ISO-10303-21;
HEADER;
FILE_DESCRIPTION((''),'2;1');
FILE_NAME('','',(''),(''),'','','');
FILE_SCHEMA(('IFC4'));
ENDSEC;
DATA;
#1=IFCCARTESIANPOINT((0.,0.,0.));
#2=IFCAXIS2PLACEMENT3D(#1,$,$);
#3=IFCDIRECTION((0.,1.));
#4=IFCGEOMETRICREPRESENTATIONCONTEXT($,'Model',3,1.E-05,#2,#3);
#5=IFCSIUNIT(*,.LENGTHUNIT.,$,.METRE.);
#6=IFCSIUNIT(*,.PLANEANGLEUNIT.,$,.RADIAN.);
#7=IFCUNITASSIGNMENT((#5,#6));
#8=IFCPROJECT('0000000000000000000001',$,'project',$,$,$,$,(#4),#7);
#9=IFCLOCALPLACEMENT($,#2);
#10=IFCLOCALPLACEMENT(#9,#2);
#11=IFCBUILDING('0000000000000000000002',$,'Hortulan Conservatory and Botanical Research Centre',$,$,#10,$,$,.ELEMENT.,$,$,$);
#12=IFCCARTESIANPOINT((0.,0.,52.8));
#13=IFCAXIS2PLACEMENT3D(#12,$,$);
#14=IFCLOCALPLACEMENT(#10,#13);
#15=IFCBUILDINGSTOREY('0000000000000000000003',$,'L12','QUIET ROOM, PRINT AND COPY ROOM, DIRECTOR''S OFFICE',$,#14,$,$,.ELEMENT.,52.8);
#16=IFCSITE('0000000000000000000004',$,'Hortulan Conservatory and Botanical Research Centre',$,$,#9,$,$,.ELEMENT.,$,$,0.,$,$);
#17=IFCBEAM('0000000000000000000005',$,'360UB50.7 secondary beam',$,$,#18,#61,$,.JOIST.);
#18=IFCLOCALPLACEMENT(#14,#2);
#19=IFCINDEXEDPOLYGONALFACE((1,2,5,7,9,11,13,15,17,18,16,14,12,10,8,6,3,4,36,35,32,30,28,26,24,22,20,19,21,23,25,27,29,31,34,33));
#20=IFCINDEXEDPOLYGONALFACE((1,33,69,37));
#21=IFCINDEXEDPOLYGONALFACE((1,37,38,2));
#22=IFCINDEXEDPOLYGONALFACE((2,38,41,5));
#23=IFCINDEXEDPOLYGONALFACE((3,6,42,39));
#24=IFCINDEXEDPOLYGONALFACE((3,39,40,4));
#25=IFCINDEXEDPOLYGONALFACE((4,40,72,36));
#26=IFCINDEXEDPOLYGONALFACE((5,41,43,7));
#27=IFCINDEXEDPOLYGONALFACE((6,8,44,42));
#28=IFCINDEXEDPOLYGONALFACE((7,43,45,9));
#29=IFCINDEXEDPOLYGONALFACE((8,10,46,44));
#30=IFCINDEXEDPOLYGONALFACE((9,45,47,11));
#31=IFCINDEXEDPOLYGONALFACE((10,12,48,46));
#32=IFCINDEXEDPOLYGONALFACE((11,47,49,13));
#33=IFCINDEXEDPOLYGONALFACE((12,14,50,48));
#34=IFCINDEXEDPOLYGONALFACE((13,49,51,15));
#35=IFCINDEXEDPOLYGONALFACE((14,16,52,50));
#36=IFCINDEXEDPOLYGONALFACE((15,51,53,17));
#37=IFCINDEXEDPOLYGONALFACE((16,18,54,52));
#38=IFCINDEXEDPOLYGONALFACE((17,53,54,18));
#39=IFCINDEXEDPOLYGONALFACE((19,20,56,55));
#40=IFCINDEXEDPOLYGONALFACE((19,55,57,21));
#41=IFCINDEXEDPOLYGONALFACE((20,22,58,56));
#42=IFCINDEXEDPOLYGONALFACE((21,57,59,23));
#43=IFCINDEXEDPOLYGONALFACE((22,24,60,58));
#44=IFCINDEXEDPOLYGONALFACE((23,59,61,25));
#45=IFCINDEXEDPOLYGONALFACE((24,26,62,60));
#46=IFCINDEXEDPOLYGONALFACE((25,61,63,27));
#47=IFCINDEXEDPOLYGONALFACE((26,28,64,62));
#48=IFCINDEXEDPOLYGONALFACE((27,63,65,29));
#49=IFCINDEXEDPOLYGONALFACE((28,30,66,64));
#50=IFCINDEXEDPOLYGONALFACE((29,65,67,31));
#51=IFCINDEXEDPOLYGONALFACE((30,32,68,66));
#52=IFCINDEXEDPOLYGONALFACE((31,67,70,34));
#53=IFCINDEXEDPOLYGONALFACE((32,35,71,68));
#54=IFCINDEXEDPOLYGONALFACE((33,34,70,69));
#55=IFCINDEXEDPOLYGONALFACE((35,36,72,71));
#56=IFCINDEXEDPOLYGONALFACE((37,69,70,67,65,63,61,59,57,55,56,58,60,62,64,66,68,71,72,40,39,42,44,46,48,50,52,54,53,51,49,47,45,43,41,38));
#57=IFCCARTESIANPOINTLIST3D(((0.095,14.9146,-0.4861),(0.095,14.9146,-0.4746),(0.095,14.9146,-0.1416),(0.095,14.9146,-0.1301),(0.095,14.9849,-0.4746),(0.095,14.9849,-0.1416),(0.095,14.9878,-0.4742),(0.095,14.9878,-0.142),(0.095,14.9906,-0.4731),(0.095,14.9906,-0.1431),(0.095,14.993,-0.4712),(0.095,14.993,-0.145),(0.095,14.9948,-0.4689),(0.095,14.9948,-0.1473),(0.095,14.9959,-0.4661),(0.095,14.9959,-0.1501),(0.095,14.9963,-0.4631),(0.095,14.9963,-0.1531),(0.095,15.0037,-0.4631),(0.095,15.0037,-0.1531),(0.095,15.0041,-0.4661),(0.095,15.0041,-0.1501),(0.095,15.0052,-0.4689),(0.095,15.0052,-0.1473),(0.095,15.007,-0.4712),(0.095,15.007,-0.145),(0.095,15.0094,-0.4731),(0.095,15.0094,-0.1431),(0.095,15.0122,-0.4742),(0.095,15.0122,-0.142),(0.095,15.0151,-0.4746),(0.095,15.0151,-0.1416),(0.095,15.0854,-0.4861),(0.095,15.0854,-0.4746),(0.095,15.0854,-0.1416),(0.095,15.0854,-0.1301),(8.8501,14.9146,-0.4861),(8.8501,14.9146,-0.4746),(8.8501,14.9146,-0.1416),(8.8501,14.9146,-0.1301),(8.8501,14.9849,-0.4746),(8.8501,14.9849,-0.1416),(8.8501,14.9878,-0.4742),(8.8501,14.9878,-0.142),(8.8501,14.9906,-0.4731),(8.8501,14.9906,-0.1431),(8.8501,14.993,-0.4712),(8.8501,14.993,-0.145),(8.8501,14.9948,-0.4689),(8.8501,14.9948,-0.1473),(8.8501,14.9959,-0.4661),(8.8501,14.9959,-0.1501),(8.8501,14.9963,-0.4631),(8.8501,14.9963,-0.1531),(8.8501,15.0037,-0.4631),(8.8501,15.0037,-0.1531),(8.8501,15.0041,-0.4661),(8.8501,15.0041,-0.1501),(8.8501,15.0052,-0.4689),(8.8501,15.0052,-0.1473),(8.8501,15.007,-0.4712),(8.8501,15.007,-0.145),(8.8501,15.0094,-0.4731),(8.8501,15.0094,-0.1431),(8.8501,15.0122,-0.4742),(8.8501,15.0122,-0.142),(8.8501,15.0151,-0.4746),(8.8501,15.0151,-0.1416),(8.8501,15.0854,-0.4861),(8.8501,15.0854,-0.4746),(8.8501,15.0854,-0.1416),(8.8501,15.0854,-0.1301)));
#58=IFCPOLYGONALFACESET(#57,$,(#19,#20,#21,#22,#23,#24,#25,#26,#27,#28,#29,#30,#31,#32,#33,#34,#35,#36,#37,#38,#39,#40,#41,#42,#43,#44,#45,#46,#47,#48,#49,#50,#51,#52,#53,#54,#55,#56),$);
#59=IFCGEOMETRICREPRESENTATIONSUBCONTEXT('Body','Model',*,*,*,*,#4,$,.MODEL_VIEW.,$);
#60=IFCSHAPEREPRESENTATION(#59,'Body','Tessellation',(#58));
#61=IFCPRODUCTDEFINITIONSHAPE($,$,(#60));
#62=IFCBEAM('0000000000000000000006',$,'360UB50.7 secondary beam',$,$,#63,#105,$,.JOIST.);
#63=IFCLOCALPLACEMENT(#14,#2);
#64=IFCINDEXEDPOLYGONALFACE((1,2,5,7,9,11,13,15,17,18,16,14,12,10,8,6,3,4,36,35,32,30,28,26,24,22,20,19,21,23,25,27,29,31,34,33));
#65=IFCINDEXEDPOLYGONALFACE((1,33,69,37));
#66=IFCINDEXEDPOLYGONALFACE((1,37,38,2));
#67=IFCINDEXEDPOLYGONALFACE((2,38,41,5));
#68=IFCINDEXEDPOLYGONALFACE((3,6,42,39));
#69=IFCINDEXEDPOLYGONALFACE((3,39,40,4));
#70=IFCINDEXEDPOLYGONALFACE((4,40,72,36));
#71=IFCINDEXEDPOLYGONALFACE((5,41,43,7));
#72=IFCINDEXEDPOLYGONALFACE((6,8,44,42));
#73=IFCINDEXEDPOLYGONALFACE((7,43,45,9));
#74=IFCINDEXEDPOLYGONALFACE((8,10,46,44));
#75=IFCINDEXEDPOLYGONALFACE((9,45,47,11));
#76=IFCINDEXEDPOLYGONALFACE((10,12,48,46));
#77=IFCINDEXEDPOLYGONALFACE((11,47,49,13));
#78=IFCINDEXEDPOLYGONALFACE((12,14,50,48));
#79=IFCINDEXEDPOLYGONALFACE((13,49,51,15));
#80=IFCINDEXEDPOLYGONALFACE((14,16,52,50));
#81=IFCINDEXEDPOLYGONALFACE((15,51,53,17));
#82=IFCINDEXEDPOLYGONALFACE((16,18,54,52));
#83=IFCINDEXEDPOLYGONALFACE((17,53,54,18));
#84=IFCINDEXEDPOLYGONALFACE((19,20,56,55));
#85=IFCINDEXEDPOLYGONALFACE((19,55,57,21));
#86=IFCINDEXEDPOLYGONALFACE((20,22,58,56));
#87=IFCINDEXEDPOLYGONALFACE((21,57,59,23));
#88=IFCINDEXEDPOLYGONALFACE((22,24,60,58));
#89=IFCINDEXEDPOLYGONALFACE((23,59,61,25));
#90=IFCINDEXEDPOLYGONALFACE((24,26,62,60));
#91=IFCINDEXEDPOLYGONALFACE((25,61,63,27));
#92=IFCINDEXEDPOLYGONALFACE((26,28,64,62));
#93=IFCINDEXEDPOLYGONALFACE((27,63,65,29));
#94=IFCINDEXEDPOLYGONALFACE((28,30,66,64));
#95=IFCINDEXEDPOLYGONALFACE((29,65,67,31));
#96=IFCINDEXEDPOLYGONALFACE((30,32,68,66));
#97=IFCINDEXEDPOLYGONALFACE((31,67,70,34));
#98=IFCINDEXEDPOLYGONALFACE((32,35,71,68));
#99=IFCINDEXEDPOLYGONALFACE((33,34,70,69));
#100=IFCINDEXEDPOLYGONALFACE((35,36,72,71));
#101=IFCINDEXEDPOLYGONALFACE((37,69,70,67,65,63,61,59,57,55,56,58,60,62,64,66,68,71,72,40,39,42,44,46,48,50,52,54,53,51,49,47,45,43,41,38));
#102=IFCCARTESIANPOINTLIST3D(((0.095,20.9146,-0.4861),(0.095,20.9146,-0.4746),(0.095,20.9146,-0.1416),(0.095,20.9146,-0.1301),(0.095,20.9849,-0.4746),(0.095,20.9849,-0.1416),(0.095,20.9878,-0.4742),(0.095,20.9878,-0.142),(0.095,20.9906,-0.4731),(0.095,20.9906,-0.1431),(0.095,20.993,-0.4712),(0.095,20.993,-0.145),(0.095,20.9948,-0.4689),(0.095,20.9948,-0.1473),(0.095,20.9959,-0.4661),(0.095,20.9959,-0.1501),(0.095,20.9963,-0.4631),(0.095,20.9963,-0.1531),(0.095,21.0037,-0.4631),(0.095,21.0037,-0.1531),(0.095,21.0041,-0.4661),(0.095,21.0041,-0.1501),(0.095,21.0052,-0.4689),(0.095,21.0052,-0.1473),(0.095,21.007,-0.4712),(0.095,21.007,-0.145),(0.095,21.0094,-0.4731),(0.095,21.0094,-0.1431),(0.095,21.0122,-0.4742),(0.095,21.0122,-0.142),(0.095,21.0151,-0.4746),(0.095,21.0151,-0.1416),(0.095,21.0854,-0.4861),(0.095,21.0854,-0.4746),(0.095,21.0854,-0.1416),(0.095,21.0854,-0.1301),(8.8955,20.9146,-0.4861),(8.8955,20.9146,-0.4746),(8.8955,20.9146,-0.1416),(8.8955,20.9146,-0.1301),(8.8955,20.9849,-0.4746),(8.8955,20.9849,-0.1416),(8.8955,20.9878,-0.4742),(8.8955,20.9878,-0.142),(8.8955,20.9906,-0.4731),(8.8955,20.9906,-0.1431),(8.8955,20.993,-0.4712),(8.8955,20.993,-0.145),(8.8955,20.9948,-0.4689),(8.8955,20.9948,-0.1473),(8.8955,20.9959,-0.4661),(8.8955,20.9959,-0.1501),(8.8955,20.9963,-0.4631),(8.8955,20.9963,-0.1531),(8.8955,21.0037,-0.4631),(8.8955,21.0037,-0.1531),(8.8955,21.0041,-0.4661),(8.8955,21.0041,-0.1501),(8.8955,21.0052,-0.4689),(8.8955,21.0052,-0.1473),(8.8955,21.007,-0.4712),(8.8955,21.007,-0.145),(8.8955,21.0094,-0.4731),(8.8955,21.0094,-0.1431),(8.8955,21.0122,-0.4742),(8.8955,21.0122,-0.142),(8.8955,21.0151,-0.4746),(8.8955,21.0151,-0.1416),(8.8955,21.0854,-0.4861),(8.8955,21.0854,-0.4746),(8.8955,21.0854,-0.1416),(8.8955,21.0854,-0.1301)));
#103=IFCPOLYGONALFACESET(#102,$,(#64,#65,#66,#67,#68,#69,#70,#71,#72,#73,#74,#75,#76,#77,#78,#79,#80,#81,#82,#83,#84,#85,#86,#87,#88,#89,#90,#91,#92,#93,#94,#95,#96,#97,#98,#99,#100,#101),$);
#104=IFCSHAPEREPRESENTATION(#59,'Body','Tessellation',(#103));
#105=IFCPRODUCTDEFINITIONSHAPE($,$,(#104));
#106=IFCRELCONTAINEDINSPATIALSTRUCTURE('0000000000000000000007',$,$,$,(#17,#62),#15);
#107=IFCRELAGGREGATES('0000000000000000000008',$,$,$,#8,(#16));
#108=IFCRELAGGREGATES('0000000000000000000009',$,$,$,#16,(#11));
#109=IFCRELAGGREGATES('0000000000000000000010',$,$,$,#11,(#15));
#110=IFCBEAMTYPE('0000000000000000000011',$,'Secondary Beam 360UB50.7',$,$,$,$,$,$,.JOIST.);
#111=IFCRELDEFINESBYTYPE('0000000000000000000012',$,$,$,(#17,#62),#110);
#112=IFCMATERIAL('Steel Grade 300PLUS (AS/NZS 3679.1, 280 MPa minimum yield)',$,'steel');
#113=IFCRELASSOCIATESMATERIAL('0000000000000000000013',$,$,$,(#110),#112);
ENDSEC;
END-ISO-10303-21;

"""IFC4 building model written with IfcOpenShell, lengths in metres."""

from ifc_helpers import new_model, si_unit, direction, frame, origin, origin_2d, place, context, subcontext, project, spatial, i_section, extrude, material, material_profile, profile_set, type_object, element, save


model = new_model("IFC4")

# Units and contexts
model_context = context("Model", 3, precision=1e-05, world=origin(), true_north=direction((0.0, 1.0)))
body_context = subcontext(model_context, "Body", "Model", "MODEL_VIEW")
ifc_project = project(units=[si_unit("LENGTHUNIT", "METRE"), si_unit("PLANEANGLEUNIT", "RADIAN")], contexts=[model_context])

# Site, building, storey
site_placement = place(None, origin())
site = spatial("IfcSite", under=ifc_project, at=site_placement, Name="Hortulan Conservatory and Botanical Research Centre", CompositionType="ELEMENT", RefElevation=0.0)
building_placement = place(site_placement, origin())
building = spatial("IfcBuilding", under=site, at=building_placement, Name="Hortulan Conservatory and Botanical Research Centre", CompositionType="ELEMENT")
storey_placement = place(building_placement, frame((0.0, 0.0, 52.8)))
storey = spatial("IfcBuildingStorey", under=building, at=storey_placement, Name="L12", Description="QUIET ROOM, PRINT AND COPY ROOM, DIRECTOR'S OFFICE", CompositionType="ELEMENT", Elevation=52.8)

# Shared definitions
ifc_material_1 = material(Name="Steel Grade 300PLUS (AS/NZS 3679.1, 280 MPa minimum yield)", Category="steel")

# Beams
ifc_material_profile_1 = material_profile(ifc_material_1, i_section(OverallWidth=0.1709, OverallDepth=0.356, WebThickness=0.0073, FlangeThickness=0.0115, FilletRadius=0.0115, at=origin_2d()), Name="360UB50.7")
ifc_profile_set_1 = profile_set([ifc_material_profile_1], Name="Steel Grade 300PLUS (AS/NZS 3679.1, 280 MPa minimum yield)")
beam_type_1 = type_object("IfcBeamType", Name="Secondary Beam 360UB50.7", PredefinedType="JOIST", material=ifc_profile_set_1)
beam_1_placement = place(storey_placement, frame((0.095, 15.0, -0.3081), z_axis=(1.0, 0.0, 0.0), x_axis=(0.0, 1.0, 0.0)))
element("IfcBeam", 1, at=beam_1_placement, inside=storey, type_object=beam_type_1, Name="360UB50.7 secondary beam", PredefinedType="JOIST", context=body_context, shape_type="SweptSolid", body=[
    extrude(i_section(OverallWidth=0.1709, OverallDepth=0.356, WebThickness=0.0073, FlangeThickness=0.0115, FilletRadius=0.0115, at=origin_2d()), origin(), (0.0, 0.0, 1.0), 8.7551),
])
beam_2_placement = place(storey_placement, frame((0.095, 21.0, -0.3081), z_axis=(1.0, 0.0, 0.0), x_axis=(0.0, 1.0, 0.0)))
element("IfcBeam", 2, at=beam_2_placement, inside=storey, type_object=beam_type_1, Name="360UB50.7 secondary beam", PredefinedType="JOIST", context=body_context, shape_type="SweptSolid", body=[
    extrude(i_section(OverallWidth=0.1709, OverallDepth=0.356, WebThickness=0.0073, FlangeThickness=0.0115, FilletRadius=0.0115, at=origin_2d()), origin(), (0.0, 0.0, 1.0), 8.8005),
])

save(model, "model.ifc")
